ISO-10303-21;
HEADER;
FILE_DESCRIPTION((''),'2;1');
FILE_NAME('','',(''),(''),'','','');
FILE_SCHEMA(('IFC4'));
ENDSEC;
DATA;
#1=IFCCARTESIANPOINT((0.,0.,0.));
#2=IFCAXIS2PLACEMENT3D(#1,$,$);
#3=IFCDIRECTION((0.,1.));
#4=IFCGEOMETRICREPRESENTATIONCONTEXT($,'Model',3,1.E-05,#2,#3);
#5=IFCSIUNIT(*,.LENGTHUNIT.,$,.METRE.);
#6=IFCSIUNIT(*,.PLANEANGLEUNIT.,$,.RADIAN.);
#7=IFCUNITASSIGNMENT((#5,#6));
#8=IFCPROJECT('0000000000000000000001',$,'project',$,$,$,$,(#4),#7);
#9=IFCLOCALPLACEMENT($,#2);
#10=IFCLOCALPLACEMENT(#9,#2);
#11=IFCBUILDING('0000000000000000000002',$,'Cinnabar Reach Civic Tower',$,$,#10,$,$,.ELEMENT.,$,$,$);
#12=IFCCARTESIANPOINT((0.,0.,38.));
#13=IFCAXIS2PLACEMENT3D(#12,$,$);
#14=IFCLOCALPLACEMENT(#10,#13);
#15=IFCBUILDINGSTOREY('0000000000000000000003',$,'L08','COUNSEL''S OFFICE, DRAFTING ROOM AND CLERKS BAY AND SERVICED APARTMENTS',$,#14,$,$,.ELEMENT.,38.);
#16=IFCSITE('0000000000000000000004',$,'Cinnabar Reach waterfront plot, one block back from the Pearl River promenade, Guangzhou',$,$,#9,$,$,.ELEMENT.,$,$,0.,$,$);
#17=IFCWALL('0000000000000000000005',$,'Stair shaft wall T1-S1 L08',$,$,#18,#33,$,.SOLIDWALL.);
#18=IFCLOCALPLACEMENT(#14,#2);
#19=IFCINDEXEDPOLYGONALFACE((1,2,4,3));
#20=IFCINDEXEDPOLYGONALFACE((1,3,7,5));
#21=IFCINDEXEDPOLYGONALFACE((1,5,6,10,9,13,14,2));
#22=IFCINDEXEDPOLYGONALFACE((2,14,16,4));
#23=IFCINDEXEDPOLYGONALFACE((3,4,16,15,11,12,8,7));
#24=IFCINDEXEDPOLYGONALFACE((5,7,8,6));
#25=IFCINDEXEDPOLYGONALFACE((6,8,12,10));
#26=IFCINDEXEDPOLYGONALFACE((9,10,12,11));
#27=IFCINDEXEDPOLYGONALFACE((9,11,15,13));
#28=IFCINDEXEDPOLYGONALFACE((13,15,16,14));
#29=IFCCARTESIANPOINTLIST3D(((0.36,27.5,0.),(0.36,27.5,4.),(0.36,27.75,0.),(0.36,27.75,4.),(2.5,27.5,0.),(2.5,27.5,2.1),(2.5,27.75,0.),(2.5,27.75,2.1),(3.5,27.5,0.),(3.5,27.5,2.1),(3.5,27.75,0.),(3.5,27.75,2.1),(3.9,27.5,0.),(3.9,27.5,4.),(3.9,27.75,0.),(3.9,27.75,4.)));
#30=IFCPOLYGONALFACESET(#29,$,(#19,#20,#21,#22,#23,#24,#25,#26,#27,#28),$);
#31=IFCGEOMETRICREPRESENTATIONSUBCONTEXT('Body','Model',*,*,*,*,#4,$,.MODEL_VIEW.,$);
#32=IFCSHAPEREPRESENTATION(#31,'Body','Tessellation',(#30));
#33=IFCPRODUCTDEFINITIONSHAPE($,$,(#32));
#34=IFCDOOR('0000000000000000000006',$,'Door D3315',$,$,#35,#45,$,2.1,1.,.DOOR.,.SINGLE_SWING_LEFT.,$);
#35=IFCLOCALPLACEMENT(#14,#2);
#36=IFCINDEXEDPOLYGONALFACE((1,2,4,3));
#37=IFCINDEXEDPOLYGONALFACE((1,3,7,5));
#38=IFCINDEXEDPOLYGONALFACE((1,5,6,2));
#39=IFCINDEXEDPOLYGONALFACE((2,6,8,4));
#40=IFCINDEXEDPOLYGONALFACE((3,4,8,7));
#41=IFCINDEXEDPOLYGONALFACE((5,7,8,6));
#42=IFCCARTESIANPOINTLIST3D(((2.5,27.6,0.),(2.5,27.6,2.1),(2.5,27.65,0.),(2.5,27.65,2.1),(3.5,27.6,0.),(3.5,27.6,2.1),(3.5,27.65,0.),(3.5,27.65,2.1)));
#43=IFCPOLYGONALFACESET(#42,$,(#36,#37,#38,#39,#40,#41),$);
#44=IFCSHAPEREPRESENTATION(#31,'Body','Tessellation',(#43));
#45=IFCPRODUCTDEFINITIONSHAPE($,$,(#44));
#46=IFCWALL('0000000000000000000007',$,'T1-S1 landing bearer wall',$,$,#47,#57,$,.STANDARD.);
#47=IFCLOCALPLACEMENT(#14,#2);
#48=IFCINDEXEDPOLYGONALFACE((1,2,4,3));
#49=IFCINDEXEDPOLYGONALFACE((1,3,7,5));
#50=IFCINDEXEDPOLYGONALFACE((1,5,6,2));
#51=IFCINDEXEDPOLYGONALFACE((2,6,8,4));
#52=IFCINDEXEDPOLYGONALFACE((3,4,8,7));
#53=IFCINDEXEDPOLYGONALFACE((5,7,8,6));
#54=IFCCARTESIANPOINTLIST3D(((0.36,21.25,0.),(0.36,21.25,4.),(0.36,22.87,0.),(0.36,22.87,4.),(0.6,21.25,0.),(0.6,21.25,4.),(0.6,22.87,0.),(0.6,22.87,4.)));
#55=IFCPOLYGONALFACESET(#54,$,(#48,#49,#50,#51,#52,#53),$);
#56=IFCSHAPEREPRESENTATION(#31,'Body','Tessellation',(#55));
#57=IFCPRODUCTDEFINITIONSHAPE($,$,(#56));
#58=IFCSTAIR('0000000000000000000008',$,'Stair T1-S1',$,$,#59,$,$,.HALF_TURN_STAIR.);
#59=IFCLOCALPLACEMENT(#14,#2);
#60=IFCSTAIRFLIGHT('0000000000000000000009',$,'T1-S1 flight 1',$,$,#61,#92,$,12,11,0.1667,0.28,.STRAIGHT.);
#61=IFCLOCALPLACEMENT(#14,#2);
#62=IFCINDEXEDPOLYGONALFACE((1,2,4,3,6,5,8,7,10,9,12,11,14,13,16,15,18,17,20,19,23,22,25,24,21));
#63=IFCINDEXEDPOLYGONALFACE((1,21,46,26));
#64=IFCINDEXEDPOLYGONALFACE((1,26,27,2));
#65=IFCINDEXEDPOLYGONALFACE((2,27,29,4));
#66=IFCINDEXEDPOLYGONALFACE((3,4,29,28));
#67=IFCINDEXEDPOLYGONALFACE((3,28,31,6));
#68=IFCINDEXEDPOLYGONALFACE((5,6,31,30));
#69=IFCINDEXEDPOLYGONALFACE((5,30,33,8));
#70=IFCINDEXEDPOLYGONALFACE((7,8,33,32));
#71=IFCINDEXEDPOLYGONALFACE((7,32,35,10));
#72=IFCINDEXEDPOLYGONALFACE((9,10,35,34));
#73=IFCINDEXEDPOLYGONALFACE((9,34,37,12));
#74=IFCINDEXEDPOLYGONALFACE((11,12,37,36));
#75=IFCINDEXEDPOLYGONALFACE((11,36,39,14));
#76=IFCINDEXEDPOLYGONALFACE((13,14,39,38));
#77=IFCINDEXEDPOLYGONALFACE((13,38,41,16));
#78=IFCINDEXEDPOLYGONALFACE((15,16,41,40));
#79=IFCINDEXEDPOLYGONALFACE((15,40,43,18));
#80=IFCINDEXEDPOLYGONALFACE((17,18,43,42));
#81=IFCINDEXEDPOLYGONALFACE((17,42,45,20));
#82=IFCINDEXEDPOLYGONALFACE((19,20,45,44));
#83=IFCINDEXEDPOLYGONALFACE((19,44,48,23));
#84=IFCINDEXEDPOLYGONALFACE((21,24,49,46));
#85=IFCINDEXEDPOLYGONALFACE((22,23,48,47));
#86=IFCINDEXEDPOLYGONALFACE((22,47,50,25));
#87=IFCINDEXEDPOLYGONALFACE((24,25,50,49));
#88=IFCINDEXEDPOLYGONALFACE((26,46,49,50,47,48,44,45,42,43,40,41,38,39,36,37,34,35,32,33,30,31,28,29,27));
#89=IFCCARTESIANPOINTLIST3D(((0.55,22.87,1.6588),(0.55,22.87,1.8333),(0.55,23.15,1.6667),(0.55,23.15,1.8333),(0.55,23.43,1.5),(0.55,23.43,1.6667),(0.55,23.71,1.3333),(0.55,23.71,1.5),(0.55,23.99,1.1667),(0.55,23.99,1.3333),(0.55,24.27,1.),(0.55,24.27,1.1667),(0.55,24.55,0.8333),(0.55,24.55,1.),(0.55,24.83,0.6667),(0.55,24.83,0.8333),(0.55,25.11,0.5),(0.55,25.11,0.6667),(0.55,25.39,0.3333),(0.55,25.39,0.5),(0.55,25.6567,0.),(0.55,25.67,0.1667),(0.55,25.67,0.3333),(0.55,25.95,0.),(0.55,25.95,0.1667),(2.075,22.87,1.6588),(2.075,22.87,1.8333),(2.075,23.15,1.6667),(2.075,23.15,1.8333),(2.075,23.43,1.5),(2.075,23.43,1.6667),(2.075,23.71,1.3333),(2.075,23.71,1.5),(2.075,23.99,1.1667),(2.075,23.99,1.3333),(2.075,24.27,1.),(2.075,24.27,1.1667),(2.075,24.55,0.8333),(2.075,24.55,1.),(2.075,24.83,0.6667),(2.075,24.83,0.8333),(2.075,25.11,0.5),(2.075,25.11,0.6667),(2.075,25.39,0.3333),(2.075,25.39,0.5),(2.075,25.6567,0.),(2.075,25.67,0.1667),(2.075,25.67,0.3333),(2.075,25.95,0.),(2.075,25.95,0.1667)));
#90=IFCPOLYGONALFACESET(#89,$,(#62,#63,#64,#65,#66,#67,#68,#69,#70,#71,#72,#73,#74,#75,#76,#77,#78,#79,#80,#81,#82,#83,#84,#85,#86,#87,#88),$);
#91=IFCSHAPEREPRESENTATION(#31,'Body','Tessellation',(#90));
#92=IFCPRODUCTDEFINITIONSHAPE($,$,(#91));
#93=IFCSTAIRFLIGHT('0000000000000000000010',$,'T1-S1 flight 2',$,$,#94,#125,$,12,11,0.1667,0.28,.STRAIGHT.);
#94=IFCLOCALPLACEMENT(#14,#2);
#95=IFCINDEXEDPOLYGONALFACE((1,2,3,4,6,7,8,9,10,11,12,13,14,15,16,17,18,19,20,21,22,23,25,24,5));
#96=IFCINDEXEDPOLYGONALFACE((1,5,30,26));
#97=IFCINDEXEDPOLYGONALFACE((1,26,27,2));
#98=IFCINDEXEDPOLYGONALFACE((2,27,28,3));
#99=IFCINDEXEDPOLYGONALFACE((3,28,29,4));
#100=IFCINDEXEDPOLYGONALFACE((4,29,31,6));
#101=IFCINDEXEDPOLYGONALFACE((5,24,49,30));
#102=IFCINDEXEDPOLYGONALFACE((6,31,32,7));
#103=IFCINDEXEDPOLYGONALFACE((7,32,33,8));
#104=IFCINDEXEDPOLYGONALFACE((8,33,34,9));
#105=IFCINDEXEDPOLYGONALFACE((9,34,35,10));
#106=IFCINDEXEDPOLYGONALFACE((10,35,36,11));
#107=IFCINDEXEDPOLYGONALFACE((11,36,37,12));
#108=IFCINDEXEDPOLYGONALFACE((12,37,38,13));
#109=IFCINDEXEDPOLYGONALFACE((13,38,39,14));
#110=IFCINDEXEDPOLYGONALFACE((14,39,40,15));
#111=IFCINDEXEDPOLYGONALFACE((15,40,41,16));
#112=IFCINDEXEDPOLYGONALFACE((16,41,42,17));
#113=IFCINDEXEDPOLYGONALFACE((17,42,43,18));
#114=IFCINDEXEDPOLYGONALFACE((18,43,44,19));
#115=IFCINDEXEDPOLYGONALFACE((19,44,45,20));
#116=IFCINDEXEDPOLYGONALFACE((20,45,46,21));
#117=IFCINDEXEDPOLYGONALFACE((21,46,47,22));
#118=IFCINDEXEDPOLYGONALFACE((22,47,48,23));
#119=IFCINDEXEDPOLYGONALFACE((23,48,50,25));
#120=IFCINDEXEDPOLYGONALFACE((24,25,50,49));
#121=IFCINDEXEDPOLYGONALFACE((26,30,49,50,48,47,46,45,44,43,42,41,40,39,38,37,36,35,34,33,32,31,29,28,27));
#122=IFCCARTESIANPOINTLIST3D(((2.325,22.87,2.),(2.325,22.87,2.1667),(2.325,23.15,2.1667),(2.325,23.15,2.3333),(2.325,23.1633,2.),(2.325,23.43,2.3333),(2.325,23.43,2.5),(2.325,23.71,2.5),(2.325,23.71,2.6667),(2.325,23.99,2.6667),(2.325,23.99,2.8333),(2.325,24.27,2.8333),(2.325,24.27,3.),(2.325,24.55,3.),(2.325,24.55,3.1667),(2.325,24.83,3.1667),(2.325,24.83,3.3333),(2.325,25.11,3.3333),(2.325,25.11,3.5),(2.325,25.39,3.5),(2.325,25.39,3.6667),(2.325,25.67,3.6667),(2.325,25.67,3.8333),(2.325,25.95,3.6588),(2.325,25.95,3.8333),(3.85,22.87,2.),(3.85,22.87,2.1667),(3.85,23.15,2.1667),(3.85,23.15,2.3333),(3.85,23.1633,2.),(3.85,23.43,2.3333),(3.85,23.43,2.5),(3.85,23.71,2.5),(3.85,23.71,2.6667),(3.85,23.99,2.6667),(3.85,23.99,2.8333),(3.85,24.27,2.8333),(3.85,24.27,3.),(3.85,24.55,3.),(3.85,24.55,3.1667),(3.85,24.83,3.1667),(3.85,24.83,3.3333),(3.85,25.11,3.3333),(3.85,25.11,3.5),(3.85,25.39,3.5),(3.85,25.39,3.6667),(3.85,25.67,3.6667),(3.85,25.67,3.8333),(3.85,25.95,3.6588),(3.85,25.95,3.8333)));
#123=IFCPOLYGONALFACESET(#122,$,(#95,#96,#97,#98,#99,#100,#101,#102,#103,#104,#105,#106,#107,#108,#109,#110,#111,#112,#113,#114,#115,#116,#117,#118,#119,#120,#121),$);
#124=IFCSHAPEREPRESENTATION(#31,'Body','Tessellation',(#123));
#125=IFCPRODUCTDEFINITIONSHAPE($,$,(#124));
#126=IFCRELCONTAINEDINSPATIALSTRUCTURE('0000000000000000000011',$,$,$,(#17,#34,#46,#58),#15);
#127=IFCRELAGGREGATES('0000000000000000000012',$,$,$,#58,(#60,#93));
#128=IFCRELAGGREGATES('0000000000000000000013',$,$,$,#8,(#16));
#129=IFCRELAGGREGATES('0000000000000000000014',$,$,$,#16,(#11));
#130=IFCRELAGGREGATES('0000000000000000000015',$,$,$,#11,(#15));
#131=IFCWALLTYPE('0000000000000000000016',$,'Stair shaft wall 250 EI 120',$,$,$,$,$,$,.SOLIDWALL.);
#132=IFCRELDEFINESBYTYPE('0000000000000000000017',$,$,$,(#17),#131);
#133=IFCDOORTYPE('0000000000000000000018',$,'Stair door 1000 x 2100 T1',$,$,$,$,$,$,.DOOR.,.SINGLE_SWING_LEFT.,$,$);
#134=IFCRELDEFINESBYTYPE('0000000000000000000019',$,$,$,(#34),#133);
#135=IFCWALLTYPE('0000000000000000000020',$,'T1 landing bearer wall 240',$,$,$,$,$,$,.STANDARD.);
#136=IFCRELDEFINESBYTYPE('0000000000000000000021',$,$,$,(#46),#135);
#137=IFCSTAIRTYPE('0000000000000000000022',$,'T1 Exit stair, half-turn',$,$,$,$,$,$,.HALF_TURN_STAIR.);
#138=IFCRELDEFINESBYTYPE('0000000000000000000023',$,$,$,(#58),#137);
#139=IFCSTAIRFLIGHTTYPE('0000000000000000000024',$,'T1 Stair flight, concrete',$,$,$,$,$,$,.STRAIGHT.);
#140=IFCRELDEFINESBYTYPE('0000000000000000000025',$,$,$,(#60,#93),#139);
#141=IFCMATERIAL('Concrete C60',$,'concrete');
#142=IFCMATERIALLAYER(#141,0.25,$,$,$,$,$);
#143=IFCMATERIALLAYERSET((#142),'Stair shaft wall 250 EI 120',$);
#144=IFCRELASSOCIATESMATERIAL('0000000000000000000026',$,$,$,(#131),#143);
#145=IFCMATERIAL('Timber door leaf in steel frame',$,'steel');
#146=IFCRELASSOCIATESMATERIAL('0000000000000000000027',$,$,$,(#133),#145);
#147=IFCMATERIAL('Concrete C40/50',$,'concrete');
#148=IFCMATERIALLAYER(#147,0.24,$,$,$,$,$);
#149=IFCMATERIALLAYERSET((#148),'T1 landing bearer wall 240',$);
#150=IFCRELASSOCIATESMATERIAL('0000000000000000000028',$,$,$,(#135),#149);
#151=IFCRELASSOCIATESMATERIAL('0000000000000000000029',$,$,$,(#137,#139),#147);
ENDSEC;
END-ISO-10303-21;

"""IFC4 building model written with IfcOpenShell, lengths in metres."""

from ifc_helpers import new_model, si_unit, direction, frame, frame_2d, origin, place, context, subcontext, project, spatial, polyline, rectangle, outline, extrude, material, layer, layer_set, type_object, element, fill, aggregate, save


model = new_model("IFC4")

# Units and contexts
model_context = context("Model", 3, precision=1e-05, world=origin(), true_north=direction((0.0, 1.0)))
body_context = subcontext(model_context, "Body", "Model", "MODEL_VIEW")
ifc_project = project(units=[si_unit("LENGTHUNIT", "METRE"), si_unit("PLANEANGLEUNIT", "RADIAN")], contexts=[model_context])

# Site, building, storey
site_placement = place(None, origin())
site = spatial("IfcSite", under=ifc_project, at=site_placement, Name="Cinnabar Reach waterfront plot, one block back from the Pearl River promenade, Guangzhou", CompositionType="ELEMENT", RefElevation=0.0)
building_placement = place(site_placement, origin())
building = spatial("IfcBuilding", under=site, at=building_placement, Name="Cinnabar Reach Civic Tower", CompositionType="ELEMENT")
storey_placement = place(building_placement, frame((0.0, 0.0, 38.0)))
storey = spatial("IfcBuildingStorey", under=building, at=storey_placement, Name="L08", Description="COUNSEL'S OFFICE, DRAFTING ROOM AND CLERKS BAY AND SERVICED APARTMENTS", CompositionType="ELEMENT", Elevation=38.0)

# Shared definitions
ifc_material_1 = material(Name="Concrete C60", Category="concrete")
ifc_layer_1 = layer(ifc_material_1, 0.25)
ifc_layer_set_1 = layer_set([ifc_layer_1], Name="Stair shaft wall 250 EI 120")
wall_type_1 = type_object("IfcWallType", Name="Stair shaft wall 250 EI 120", PredefinedType="SOLIDWALL", material=ifc_layer_set_1)

# Wall, opening, door
wall_1_placement = place(storey_placement, frame((3.9, 27.625, 0.0), z_axis=(0.0, 0.0, 1.0), x_axis=(-1.0, 0.0, 0.0)))
wall_1 = element("IfcWall", 1, at=wall_1_placement, inside=storey, type_object=wall_type_1, Name="Stair shaft wall T1-S1 L08", PredefinedType="SOLIDWALL", context=body_context, shape_type="SweptSolid", body=[
    extrude(rectangle(XDim=3.54, YDim=0.25, at=frame_2d((1.77, 0.0))), origin(), (0.0, 0.0, 1.0), 4.0),
])
opening_1_placement = place(wall_1_placement, frame((0.4, 0.0, 0.0)))
opening_1 = element("IfcOpeningElement", 2, at=opening_1_placement, cuts=wall_1, PredefinedType="OPENING", context=body_context, shape_type="SweptSolid", body=[
    extrude(rectangle(XDim=1.0, YDim=2.1, at=frame_2d((0.5, 1.05))), frame((0.0, 0.135, 0.0), z_axis=(0.0, -1.0, 0.0), x_axis=(1.0, 0.0, 0.0)), (0.0, 0.0, 1.0), 0.27),
])
ifc_material_2 = material(Name="Timber door leaf in steel frame", Category="steel")
door_type_1 = type_object("IfcDoorType", Name="Stair door 1000 x 2100 T1", OperationType="SINGLE_SWING_LEFT", PredefinedType="DOOR", material=ifc_material_2)
door_1_placement = place(opening_1_placement, origin())
door_1 = element("IfcDoor", 3, at=door_1_placement, inside=storey, type_object=door_type_1, Name="Door D3315", OperationType="SINGLE_SWING_LEFT", OverallHeight=2.1, OverallWidth=1.0, PredefinedType="DOOR", context=body_context, shape_type="SweptSolid", body=[
    extrude(rectangle(XDim=1.0, YDim=2.1, at=frame_2d((0.5, 1.05))), frame((0.0, 0.025, 0.0), z_axis=(0.0, -1.0, 0.0), x_axis=(1.0, 0.0, 0.0)), (0.0, 0.0, 1.0), 0.05),
])
fill(opening_1, door_1)

# Wall
ifc_material_3 = material(Name="Concrete C40/50", Category="concrete")
ifc_layer_2 = layer(ifc_material_3, 0.24)
ifc_layer_set_2 = layer_set([ifc_layer_2], Name="T1 landing bearer wall 240")
wall_type_2 = type_object("IfcWallType", Name="T1 landing bearer wall 240", PredefinedType="STANDARD", material=ifc_layer_set_2)
wall_2_placement = place(storey_placement, frame((0.48, 21.25, 0.0), z_axis=(0.0, 0.0, 1.0), x_axis=(0.0, 1.0, 0.0)))
element("IfcWall", 4, at=wall_2_placement, inside=storey, type_object=wall_type_2, Name="T1-S1 landing bearer wall", PredefinedType="STANDARD", context=body_context, shape_type="SweptSolid", body=[
    extrude(rectangle(XDim=1.62, YDim=0.24, at=frame_2d((0.81, 0.0))), origin(), (0.0, 0.0, 1.0), 4.0),
])

# Stair, stair flights
stair_type = type_object("IfcStairType", Name="T1 Exit stair, half-turn", PredefinedType="HALF_TURN_STAIR", material=ifc_material_3)
stair_placement = place(storey_placement, origin())
stair = element("IfcStair", 5, at=stair_placement, inside=storey, type_object=stair_type, Name="Stair T1-S1", PredefinedType="HALF_TURN_STAIR")
stair_flight_type = type_object("IfcStairFlightType", Name="T1 Stair flight, concrete", PredefinedType="STRAIGHT", material=ifc_material_3)
stair_flight_1_placement = place(storey_placement, frame((1.3125, 25.95, 0.0), z_axis=(0.0, 0.0, 1.0), x_axis=(0.0, -1.0, 0.0)))
stair_flight_1 = element("IfcStairFlight", 6, at=stair_flight_1_placement, type_object=stair_flight_type, Name="T1-S1 flight 1", NumberOfRisers=12, NumberOfTreads=11, PredefinedType="STRAIGHT", RiserHeight=0.1667, TreadLength=0.28, context=body_context, shape_type="SweptSolid", body=[
    extrude(outline(polyline([(0.0, 0.0), (0.0, 0.1667), (0.28, 0.1667), (0.28, 0.3333), (0.56, 0.3333), (0.56, 0.5), (0.84, 0.5), (0.84, 0.6667), (1.12, 0.6667), (1.12, 0.8333), (1.4, 0.8333), (1.4, 1.0), (1.68, 1.0), (1.68, 1.1667), (1.96, 1.1667), (1.96, 1.3333), (2.24, 1.3333), (2.24, 1.5), (2.52, 1.5), (2.52, 1.6667), (2.8, 1.6667), (2.8, 1.8333), (3.08, 1.8333), (3.08, 2.0), (3.08, 1.6588), (0.2933, 0.0), (0.0, 0.0)])), frame((0.0, 0.7625, 0.0), z_axis=(0.0, -1.0, 0.0), x_axis=(1.0, 0.0, 0.0)), (0.0, 0.0, 1.0), 1.525),
])
stair_flight_2_placement = place(storey_placement, frame((3.0875, 22.87, 2.0), z_axis=(0.0, 0.0, 1.0), x_axis=(0.0, 1.0, 0.0)))
stair_flight_2 = element("IfcStairFlight", 7, at=stair_flight_2_placement, type_object=stair_flight_type, Name="T1-S1 flight 2", NumberOfRisers=12, NumberOfTreads=11, PredefinedType="STRAIGHT", RiserHeight=0.1667, TreadLength=0.28, context=body_context, shape_type="SweptSolid", body=[
    extrude(outline(polyline([(0.0, 0.0), (0.0, 0.1667), (0.28, 0.1667), (0.28, 0.3333), (0.56, 0.3333), (0.56, 0.5), (0.84, 0.5), (0.84, 0.6667), (1.12, 0.6667), (1.12, 0.8333), (1.4, 0.8333), (1.4, 1.0), (1.68, 1.0), (1.68, 1.1667), (1.96, 1.1667), (1.96, 1.3333), (2.24, 1.3333), (2.24, 1.5), (2.52, 1.5), (2.52, 1.6667), (2.8, 1.6667), (2.8, 1.8333), (3.08, 1.8333), (3.08, 2.0), (3.08, 1.6588), (0.2933, 0.0), (0.0, 0.0)])), frame((0.0, 0.7625, 0.0), z_axis=(0.0, -1.0, 0.0), x_axis=(1.0, 0.0, 0.0)), (0.0, 0.0, 1.0), 1.525),
])
aggregate(stair, [stair_flight_1, stair_flight_2])

save(model, "model.ifc")
